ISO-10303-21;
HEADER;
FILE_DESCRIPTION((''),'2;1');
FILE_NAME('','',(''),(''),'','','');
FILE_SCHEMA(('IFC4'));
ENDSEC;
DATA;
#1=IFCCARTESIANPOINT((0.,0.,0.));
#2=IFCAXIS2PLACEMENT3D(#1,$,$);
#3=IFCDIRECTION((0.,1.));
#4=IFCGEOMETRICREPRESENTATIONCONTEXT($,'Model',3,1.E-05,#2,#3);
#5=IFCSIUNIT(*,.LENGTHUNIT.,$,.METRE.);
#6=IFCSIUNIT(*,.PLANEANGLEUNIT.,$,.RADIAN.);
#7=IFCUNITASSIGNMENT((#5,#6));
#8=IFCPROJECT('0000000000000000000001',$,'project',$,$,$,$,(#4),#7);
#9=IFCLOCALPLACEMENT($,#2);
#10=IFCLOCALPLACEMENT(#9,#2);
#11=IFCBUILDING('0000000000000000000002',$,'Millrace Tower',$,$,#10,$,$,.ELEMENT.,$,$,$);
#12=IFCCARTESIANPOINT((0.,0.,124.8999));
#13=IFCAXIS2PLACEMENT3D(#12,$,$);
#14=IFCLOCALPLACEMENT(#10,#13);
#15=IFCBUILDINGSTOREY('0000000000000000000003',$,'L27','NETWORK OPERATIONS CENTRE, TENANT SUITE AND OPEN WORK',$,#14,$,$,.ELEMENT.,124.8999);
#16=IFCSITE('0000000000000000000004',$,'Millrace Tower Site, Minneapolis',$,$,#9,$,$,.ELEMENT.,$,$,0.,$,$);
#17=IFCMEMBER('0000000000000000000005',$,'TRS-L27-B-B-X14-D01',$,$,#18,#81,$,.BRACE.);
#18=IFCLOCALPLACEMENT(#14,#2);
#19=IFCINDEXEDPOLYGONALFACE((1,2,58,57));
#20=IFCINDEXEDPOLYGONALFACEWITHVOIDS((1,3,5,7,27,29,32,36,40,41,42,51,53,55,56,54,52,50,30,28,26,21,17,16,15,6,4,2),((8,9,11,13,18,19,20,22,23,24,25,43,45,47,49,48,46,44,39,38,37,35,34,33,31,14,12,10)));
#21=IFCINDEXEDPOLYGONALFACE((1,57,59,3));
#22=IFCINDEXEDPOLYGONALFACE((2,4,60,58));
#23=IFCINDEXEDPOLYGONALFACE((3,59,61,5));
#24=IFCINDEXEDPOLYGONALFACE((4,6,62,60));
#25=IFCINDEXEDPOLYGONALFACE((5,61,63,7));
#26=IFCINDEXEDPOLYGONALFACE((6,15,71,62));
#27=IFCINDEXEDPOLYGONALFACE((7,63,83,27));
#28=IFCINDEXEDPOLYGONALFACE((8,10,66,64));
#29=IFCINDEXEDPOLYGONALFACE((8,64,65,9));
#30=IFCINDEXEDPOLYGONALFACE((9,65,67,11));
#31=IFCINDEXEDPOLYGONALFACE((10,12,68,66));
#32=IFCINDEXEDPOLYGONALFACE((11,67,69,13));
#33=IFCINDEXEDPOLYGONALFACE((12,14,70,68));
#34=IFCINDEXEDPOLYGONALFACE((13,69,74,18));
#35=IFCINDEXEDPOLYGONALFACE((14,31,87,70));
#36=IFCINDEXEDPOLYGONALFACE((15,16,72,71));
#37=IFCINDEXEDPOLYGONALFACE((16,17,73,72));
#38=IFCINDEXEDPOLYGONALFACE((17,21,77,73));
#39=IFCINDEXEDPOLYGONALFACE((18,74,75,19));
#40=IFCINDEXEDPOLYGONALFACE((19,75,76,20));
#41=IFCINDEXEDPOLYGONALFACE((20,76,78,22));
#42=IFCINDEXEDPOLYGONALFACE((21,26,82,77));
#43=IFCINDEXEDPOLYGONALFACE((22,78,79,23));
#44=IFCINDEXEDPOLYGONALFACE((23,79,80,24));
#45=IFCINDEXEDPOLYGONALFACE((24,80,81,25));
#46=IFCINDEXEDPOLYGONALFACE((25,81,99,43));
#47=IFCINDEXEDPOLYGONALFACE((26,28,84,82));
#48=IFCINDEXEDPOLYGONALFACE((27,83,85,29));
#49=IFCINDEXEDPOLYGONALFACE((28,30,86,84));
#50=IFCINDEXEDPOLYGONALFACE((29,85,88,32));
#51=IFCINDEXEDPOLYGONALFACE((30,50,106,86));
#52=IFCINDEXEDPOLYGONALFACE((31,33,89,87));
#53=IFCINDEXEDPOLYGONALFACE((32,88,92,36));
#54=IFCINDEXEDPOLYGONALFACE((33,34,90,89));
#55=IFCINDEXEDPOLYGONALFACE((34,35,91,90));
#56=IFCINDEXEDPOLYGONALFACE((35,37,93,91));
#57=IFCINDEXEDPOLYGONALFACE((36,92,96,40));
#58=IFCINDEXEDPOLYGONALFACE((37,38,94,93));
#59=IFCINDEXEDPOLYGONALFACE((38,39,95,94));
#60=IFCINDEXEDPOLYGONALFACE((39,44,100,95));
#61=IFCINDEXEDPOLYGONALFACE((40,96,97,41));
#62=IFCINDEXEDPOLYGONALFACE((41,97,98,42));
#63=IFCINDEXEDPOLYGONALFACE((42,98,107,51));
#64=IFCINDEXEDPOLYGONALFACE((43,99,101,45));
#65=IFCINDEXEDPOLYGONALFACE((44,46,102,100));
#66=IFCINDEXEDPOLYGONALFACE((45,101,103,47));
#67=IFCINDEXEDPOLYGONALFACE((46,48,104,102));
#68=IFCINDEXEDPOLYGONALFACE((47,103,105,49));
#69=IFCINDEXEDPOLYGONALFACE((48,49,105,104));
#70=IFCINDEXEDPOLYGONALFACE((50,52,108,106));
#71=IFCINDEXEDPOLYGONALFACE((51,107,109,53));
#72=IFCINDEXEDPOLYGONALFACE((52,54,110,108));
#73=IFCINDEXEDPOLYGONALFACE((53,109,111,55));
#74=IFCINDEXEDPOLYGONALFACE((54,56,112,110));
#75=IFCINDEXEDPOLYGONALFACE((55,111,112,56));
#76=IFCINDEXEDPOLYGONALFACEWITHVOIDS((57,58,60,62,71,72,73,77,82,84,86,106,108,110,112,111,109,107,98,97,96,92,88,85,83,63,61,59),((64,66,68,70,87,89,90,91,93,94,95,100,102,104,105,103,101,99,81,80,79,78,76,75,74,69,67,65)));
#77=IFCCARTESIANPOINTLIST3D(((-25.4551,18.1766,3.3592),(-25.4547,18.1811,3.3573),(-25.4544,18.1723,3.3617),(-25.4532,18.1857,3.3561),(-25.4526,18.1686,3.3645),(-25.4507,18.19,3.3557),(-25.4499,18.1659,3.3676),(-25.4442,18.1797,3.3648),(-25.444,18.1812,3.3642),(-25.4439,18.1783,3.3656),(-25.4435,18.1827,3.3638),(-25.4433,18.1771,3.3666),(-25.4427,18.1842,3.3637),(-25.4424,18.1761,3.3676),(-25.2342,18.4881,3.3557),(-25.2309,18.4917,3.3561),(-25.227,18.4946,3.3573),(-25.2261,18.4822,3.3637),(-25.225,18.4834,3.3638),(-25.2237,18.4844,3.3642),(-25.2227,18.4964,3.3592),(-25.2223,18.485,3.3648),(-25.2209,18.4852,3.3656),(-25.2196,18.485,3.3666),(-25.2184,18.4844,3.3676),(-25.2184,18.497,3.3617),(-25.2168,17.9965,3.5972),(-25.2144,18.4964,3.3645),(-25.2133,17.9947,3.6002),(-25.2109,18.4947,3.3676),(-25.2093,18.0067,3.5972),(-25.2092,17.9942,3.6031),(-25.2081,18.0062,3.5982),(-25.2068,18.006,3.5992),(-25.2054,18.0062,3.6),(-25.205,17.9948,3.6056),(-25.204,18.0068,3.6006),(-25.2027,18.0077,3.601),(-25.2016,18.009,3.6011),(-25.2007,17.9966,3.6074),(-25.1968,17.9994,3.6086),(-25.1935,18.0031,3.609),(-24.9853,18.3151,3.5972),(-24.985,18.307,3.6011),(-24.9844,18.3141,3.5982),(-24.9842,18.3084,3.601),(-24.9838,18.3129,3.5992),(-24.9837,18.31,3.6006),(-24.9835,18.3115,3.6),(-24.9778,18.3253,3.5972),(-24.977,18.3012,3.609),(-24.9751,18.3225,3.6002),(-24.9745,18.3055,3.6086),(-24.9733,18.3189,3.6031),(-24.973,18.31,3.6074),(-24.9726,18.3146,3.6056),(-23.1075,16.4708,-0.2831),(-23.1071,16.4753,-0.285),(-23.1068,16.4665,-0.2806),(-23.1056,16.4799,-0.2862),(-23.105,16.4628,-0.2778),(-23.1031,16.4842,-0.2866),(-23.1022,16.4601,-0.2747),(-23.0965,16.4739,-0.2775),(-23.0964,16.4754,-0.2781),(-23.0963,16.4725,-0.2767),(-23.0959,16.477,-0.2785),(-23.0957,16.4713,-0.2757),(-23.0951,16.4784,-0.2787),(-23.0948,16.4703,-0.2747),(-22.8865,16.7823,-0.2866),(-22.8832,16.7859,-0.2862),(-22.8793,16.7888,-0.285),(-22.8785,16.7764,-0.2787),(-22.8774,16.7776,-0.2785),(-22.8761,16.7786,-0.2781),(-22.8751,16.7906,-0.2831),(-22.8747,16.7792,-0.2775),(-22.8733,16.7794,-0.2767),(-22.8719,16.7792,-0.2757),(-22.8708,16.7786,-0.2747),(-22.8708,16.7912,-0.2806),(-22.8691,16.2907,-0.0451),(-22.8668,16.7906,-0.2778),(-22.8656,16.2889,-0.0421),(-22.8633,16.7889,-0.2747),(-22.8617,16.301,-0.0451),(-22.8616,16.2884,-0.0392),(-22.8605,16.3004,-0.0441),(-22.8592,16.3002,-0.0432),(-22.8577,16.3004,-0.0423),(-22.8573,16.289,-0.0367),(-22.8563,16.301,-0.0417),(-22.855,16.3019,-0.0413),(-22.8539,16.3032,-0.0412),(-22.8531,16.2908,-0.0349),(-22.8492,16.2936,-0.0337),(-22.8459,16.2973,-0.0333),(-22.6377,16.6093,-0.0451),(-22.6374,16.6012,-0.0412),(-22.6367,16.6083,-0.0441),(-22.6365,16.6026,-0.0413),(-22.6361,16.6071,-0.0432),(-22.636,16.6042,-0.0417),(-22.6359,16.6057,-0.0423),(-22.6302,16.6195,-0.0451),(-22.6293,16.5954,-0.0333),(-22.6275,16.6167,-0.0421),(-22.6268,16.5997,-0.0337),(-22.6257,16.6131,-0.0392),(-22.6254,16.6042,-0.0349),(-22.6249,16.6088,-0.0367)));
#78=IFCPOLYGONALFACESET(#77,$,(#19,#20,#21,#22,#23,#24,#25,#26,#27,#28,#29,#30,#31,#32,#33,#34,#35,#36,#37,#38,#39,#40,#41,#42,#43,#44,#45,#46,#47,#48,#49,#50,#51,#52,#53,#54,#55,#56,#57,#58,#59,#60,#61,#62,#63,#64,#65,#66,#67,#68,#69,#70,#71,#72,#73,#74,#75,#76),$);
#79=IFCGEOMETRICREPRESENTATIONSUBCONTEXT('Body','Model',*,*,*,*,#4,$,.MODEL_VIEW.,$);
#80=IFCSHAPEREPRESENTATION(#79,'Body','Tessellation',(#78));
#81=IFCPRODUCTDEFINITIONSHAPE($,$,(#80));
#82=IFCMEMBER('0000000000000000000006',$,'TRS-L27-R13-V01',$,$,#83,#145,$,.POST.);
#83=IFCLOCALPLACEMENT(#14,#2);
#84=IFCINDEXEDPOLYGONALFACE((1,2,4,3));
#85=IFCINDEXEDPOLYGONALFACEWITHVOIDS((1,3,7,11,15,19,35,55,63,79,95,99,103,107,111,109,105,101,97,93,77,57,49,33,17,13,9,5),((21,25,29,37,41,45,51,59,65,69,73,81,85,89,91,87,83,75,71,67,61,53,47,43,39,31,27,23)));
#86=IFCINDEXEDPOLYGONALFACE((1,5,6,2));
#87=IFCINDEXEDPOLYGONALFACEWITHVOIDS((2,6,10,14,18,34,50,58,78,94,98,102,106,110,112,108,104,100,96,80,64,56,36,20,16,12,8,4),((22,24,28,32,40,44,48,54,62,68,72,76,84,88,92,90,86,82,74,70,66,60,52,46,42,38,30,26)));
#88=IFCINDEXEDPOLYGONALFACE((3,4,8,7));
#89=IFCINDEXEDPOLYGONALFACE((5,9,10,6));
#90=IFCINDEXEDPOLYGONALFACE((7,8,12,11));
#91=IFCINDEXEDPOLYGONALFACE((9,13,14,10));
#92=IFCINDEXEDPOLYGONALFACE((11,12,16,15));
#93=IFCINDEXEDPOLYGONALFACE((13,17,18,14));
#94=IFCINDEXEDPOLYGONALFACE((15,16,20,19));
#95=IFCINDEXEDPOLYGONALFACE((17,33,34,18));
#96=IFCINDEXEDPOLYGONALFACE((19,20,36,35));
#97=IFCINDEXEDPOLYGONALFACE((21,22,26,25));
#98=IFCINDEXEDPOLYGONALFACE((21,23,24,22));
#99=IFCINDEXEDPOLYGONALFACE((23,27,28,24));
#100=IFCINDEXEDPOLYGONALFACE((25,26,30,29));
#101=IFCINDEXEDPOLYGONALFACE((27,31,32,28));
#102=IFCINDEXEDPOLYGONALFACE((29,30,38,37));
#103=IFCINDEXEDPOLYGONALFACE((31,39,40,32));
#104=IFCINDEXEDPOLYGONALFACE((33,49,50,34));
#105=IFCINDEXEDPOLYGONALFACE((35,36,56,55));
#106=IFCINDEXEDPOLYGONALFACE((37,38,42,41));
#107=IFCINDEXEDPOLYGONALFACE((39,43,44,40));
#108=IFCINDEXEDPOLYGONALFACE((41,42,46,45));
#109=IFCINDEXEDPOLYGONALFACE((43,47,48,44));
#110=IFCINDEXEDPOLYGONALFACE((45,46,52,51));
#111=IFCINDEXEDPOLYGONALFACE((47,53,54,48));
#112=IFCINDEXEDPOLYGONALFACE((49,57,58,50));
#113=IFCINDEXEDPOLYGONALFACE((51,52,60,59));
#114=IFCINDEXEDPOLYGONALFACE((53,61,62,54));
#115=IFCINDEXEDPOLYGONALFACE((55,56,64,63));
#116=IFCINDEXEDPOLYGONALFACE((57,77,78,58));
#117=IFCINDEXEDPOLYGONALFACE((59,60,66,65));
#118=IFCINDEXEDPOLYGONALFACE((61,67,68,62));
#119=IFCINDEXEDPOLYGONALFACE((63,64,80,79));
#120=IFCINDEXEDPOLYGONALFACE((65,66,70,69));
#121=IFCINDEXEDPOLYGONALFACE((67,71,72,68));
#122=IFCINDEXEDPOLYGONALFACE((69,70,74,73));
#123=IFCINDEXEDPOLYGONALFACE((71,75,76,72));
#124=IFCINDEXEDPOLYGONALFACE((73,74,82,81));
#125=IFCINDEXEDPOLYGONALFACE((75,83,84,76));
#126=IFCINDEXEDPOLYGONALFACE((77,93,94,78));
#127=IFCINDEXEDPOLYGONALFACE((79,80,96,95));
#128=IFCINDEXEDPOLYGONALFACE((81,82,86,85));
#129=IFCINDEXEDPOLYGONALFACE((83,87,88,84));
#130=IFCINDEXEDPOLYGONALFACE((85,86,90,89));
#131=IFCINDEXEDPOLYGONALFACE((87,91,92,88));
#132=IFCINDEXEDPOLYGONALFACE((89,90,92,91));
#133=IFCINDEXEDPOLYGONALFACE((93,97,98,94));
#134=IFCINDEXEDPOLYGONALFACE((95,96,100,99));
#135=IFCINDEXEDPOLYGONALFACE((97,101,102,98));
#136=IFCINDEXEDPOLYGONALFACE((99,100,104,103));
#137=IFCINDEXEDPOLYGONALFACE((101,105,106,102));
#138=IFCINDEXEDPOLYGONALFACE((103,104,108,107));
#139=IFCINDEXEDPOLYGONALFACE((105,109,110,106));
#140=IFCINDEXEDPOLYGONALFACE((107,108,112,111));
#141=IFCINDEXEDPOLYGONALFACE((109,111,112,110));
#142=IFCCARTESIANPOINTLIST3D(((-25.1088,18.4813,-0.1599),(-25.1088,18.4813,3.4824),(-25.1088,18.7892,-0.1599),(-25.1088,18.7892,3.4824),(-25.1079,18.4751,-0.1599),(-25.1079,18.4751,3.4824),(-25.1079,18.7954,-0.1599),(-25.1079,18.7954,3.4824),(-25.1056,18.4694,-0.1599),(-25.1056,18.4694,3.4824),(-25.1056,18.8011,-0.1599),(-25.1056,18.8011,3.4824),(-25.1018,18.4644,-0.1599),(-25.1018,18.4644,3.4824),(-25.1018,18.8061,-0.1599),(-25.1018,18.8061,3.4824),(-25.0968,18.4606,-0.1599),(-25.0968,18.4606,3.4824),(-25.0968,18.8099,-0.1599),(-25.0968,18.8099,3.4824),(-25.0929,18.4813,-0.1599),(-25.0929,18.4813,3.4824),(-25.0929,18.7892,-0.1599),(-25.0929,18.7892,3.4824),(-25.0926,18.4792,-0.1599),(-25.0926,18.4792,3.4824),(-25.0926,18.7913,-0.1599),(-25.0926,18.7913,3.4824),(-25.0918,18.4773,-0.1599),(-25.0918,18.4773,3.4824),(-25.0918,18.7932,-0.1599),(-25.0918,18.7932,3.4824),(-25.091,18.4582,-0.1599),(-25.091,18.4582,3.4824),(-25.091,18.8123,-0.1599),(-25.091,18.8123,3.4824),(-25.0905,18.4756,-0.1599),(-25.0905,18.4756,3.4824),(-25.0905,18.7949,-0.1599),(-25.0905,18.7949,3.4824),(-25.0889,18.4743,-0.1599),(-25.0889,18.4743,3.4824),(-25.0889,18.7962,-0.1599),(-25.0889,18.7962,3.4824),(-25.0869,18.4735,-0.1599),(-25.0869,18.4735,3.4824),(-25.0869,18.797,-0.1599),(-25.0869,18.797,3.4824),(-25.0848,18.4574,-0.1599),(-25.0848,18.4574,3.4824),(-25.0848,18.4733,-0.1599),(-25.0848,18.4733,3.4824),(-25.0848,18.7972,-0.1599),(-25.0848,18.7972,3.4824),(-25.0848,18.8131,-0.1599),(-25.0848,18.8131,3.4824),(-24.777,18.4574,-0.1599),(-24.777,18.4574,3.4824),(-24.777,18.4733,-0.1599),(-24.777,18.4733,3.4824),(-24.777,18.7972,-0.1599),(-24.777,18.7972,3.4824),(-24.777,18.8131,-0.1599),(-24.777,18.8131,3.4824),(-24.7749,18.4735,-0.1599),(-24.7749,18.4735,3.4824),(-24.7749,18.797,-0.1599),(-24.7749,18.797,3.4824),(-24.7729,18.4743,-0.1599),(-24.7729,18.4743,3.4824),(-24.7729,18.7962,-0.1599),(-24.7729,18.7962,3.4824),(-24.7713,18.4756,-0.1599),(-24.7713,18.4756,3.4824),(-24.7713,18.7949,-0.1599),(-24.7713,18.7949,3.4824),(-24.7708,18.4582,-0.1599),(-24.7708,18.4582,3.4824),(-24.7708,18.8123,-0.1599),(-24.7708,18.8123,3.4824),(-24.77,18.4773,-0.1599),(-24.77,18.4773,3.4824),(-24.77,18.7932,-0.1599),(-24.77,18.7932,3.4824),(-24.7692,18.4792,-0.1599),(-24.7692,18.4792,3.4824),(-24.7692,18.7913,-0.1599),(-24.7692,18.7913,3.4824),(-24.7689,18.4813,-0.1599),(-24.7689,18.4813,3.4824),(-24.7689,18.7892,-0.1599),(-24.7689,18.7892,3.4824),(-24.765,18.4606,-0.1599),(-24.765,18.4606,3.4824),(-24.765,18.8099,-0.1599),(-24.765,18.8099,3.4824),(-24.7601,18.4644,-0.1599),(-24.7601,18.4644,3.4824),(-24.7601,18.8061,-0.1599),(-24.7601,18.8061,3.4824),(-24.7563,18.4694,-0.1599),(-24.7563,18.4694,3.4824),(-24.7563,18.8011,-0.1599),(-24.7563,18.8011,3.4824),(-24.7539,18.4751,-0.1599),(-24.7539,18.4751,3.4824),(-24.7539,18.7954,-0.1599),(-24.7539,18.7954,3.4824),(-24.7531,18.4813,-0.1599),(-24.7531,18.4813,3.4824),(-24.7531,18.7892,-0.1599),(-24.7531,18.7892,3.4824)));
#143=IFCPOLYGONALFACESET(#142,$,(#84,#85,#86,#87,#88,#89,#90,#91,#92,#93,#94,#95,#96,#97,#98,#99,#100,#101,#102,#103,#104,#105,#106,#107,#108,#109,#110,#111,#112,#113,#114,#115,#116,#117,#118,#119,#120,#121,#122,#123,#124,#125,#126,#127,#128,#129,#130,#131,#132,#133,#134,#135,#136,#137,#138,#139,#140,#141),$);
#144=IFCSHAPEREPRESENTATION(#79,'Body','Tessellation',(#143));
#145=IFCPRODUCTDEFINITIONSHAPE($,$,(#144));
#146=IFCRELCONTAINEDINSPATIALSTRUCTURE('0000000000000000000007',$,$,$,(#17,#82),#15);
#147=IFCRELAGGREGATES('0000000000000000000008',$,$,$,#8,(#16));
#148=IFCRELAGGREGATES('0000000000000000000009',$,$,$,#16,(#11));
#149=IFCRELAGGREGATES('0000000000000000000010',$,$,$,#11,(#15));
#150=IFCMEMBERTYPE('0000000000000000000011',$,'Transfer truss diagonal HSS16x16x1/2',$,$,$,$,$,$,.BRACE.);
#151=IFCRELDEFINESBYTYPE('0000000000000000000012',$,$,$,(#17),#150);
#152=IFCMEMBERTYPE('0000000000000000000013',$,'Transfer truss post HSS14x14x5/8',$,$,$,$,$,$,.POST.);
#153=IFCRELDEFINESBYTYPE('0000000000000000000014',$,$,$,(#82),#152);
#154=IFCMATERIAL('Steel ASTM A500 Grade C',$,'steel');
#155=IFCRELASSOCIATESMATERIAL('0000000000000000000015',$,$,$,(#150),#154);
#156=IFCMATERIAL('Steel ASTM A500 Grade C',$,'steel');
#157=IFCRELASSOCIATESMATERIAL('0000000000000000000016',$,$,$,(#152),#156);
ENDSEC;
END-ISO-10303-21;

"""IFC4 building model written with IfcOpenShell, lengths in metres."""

from ifc_helpers import new_model, si_unit, direction, frame, origin, origin_2d, place, context, subcontext, project, spatial, hollow_rectangle, extrude, material, material_profile, profile_set, type_object, element, save


model = new_model("IFC4")

# Units and contexts
model_context = context("Model", 3, precision=1e-05, world=origin(), true_north=direction((0.0, 1.0)))
body_context = subcontext(model_context, "Body", "Model", "MODEL_VIEW")
ifc_project = project(units=[si_unit("LENGTHUNIT", "METRE"), si_unit("PLANEANGLEUNIT", "RADIAN")], contexts=[model_context])

# Site, building, storey
site_placement = place(None, origin())
site = spatial("IfcSite", under=ifc_project, at=site_placement, Name="Millrace Tower Site, Minneapolis", CompositionType="ELEMENT", RefElevation=0.0)
building_placement = place(site_placement, origin())
building = spatial("IfcBuilding", under=site, at=building_placement, Name="Millrace Tower", CompositionType="ELEMENT")
storey_placement = place(building_placement, frame((0.0, 0.0, 124.8999)))
storey = spatial("IfcBuildingStorey", under=building, at=storey_placement, Name="L27", Description="NETWORK OPERATIONS CENTRE, TENANT SUITE AND OPEN WORK", CompositionType="ELEMENT", Elevation=124.8999)

# Members
ifc_material_1 = material(Name="Steel ASTM A500 Grade C", Category="steel")
ifc_material_profile_1 = material_profile(ifc_material_1, hollow_rectangle(XDim=0.4065, YDim=0.4065, WallThickness=0.0127, InnerFilletRadius=0.0063, OuterFilletRadius=0.019, at=origin_2d()))
ifc_profile_set_1 = profile_set([ifc_material_profile_1], Name="Steel ASTM A500 Grade C")
member_type_1 = type_object("IfcMemberType", Name="Transfer truss diagonal HSS16x16x1/2", PredefinedType="BRACE", material=ifc_profile_set_1)
member_1_placement = place(storey_placement, frame((-22.8662, 16.5398, -0.1599), z_axis=(-0.504111, 0.366288, 0.782116), x_axis=(-0.587816, -0.808994, 0.0)))
element("IfcMember", 1, at=member_1_placement, inside=storey, type_object=member_type_1, Name="TRS-L27-B-B-X14-D01", PredefinedType="BRACE", context=body_context, shape_type="SweptSolid", body=[
    extrude(hollow_rectangle(XDim=0.4065, YDim=0.4065, WallThickness=0.0127, InnerFilletRadius=0.0063, OuterFilletRadius=0.019, at=origin_2d()), origin(), (0.0, 0.0, 1.0), 4.657),
])
ifc_material_2 = material(Name="Steel ASTM A500 Grade C", Category="steel")
ifc_material_profile_2 = material_profile(ifc_material_2, hollow_rectangle(XDim=0.3557, YDim=0.3557, WallThickness=0.0159, InnerFilletRadius=0.0081, OuterFilletRadius=0.0239, at=origin_2d()))
ifc_profile_set_2 = profile_set([ifc_material_profile_2], Name="Steel ASTM A500 Grade C")
member_type_2 = type_object("IfcMemberType", Name="Transfer truss post HSS14x14x5/8", PredefinedType="POST", material=ifc_profile_set_2)
for number, where, z_axis, x_axis, name in (
    (2, (-24.9309, 18.6353, -0.1599), (0.0, 0.0, 1.0), (1.0, 0.0, 0.0), "TRS-L27-R13-V01"),
):
    element("IfcMember", number, at=place(storey_placement, frame(where, z_axis=z_axis, x_axis=x_axis)), inside=storey, type_object=member_type_2, Name=name, PredefinedType="POST", context=body_context, shape_type="SweptSolid", body=[
        extrude(hollow_rectangle(XDim=0.3557, YDim=0.3557, WallThickness=0.0159, InnerFilletRadius=0.0081, OuterFilletRadius=0.0239, at=origin_2d()), origin(), (0.0, 0.0, 1.0), 3.6423),
    ])

save(model, "model.ifc")
